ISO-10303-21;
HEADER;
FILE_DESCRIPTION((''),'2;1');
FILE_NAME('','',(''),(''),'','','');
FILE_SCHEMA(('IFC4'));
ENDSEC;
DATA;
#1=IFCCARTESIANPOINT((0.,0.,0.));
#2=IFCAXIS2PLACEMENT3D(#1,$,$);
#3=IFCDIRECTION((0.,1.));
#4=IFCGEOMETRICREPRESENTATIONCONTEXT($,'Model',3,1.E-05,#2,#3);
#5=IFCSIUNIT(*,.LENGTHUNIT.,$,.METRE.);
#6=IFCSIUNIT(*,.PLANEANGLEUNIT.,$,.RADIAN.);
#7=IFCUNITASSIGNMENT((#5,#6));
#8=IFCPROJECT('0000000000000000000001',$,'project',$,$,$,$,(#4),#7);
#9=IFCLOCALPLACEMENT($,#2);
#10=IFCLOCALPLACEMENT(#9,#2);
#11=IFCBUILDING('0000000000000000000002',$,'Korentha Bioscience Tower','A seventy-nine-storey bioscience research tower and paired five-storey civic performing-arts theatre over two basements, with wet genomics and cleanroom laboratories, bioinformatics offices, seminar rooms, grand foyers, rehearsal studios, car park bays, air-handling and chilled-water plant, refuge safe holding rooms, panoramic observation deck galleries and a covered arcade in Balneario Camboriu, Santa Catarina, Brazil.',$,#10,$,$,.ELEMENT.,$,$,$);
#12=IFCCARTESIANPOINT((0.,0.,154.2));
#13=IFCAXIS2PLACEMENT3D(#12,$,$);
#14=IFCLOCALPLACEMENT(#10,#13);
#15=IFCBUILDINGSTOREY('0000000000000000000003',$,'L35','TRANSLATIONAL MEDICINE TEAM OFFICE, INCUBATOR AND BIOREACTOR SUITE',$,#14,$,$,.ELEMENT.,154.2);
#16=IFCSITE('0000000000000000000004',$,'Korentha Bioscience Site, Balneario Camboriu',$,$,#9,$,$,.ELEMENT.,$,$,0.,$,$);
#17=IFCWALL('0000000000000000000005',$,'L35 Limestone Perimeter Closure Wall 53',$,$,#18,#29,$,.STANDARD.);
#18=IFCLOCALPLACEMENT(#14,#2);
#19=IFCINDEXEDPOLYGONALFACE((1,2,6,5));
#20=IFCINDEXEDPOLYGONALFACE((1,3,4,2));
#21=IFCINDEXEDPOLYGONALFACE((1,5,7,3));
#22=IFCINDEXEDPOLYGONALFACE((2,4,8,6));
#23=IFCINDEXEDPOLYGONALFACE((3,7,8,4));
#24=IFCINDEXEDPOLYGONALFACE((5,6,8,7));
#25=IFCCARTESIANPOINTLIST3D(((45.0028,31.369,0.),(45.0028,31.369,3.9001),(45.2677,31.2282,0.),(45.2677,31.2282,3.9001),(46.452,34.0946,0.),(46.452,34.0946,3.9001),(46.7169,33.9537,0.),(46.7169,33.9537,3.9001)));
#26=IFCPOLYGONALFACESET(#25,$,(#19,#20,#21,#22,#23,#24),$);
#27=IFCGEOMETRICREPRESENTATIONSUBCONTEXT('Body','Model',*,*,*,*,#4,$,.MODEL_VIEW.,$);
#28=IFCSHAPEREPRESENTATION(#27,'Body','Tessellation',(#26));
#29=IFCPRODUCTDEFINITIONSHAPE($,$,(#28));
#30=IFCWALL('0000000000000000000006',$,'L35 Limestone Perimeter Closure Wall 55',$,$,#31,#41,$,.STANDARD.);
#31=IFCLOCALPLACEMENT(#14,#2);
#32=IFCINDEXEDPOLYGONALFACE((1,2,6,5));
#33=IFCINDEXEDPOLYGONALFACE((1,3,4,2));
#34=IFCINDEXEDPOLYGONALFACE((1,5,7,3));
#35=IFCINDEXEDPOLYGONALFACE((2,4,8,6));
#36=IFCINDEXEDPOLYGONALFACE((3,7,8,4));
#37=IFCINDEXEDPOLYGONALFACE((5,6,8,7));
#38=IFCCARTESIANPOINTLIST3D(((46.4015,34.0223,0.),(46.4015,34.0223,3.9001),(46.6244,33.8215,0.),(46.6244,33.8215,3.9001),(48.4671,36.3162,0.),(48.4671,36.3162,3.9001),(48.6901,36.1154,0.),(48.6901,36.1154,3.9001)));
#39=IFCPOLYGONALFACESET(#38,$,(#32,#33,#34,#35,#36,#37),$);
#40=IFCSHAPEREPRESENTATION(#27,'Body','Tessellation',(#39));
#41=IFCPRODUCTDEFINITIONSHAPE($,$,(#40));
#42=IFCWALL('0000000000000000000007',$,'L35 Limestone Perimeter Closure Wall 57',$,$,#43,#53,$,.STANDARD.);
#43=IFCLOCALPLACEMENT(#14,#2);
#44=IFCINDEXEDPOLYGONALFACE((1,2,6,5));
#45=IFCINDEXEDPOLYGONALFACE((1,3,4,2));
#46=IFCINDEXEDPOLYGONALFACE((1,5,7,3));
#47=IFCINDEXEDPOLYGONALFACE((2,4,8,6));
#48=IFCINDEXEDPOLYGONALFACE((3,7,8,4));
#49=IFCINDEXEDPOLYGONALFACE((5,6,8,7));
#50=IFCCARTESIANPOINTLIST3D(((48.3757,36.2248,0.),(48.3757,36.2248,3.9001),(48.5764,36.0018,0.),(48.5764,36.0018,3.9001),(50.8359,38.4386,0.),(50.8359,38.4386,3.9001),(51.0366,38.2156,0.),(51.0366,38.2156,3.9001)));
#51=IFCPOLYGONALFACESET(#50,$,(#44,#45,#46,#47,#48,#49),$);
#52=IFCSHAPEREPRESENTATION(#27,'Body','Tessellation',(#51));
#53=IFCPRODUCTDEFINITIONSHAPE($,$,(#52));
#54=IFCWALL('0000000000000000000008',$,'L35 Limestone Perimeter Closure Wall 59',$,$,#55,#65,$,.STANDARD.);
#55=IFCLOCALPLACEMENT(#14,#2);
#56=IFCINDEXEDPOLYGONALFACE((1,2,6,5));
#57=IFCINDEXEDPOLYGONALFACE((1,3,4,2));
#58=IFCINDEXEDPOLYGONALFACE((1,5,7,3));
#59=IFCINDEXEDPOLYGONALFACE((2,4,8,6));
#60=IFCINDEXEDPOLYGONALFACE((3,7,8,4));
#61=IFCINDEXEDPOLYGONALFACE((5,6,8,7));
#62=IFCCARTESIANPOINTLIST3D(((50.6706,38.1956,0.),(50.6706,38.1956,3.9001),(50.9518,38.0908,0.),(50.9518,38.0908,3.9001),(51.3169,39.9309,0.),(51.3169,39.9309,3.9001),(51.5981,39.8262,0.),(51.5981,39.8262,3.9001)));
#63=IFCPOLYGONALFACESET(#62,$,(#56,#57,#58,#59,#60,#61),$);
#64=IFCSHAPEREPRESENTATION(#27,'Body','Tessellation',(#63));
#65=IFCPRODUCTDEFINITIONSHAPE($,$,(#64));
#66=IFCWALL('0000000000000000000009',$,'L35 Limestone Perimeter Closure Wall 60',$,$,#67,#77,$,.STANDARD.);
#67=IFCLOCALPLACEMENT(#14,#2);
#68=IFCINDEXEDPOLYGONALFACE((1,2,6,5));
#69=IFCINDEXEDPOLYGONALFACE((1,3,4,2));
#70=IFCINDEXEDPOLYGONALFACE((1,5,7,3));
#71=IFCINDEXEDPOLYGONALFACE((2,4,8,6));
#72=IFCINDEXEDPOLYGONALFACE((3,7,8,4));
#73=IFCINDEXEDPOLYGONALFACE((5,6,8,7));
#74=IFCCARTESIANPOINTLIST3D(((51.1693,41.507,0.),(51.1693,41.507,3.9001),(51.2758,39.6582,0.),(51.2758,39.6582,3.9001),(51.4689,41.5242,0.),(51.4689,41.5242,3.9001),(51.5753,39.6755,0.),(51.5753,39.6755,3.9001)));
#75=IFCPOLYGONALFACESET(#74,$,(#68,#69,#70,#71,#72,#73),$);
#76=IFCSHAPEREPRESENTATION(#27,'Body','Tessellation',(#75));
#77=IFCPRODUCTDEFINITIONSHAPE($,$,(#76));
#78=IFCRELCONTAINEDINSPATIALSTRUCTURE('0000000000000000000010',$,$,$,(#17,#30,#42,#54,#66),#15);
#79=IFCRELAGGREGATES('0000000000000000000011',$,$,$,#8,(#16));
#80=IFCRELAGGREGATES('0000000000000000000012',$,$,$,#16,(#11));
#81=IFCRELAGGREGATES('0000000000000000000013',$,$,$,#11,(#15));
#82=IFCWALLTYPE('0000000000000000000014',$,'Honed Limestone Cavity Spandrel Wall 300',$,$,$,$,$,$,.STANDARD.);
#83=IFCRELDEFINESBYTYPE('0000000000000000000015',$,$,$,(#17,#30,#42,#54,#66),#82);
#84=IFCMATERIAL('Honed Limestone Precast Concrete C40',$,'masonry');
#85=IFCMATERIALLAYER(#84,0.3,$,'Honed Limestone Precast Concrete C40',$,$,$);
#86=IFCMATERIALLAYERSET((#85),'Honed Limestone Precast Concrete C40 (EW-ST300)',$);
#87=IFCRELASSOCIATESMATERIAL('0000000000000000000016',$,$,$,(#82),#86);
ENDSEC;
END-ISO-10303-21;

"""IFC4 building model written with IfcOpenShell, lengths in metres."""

from ifc_helpers import new_model, si_unit, direction, frame, frame_2d, origin, place, context, subcontext, project, spatial, rectangle, extrude, material, layer, layer_set, type_object, element, save


model = new_model("IFC4")

# Units and contexts
model_context = context("Model", 3, precision=1e-05, world=origin(), true_north=direction((0.0, 1.0)))
body_context = subcontext(model_context, "Body", "Model", "MODEL_VIEW")
ifc_project = project(units=[si_unit("LENGTHUNIT", "METRE"), si_unit("PLANEANGLEUNIT", "RADIAN")], contexts=[model_context])

# Site, building, storey
site_placement = place(None, origin())
site = spatial("IfcSite", under=ifc_project, at=site_placement, Name="Korentha Bioscience Site, Balneario Camboriu", CompositionType="ELEMENT", RefElevation=0.0)
building_placement = place(site_placement, origin())
building = spatial("IfcBuilding", under=site, at=building_placement, Name="Korentha Bioscience Tower", Description="A seventy-nine-storey bioscience research tower and paired five-storey civic performing-arts theatre over two basements, with wet genomics and cleanroom laboratories, bioinformatics offices, seminar rooms, grand foyers, rehearsal studios, car park bays, air-handling and chilled-water plant, refuge safe holding rooms, panoramic observation deck galleries and a covered arcade in Balneario Camboriu, Santa Catarina, Brazil.", CompositionType="ELEMENT")
storey_placement = place(building_placement, frame((0.0, 0.0, 154.2)))
storey = spatial("IfcBuildingStorey", under=building, at=storey_placement, Name="L35", Description="TRANSLATIONAL MEDICINE TEAM OFFICE, INCUBATOR AND BIOREACTOR SUITE", CompositionType="ELEMENT", Elevation=154.2)

# Walls
ifc_material_1 = material(Name="Honed Limestone Precast Concrete C40", Category="masonry")
ifc_layer_1 = layer(ifc_material_1, 0.3, Name="Honed Limestone Precast Concrete C40")
ifc_layer_set_1 = layer_set([ifc_layer_1], Name="Honed Limestone Precast Concrete C40 (EW-ST300)")
wall_type = type_object("IfcWallType", Name="Honed Limestone Cavity Spandrel Wall 300", PredefinedType="STANDARD", material=ifc_layer_set_1)
for number, where, z_axis, x_axis, name in (
    (1, (45.1353, 31.2986, 0.0), (0.0, 0.0, 1.0), (0.469471, 0.882948, 0.0), "L35 Limestone Perimeter Closure Wall 53"),
    (2, (46.5129, 33.9219, 0.0), (0.0, 0.0, 1.0), (0.669166, 0.743113, 0.0), "L35 Limestone Perimeter Closure Wall 55"),
):
    element("IfcWall", number, at=place(storey_placement, frame(where, z_axis=z_axis, x_axis=x_axis)), inside=storey, type_object=wall_type, Name=name, PredefinedType="STANDARD", context=body_context, shape_type="SweptSolid", body=[
        extrude(rectangle(XDim=3.0869, YDim=0.3, at=frame_2d((1.5435, 0.0))), origin(), (0.0, 0.0, 1.0), 3.9001),
    ])
wall_placement = place(storey_placement, frame((48.4761, 36.1133, 0.0), z_axis=(0.0, 0.0, 1.0), x_axis=(0.743342, 0.668912, 0.0)))
element("IfcWall", 3, at=wall_placement, inside=storey, type_object=wall_type, Name="L35 Limestone Perimeter Closure Wall 57", PredefinedType="STANDARD", context=body_context, shape_type="SweptSolid", body=[
    extrude(rectangle(XDim=3.3096, YDim=0.3, at=frame_2d((1.6548, 0.0))), origin(), (0.0, 0.0, 1.0), 3.9001),
])
for number, where, z_axis, x_axis, name in (
    (4, (50.8113, 38.1433, 0.0), (0.0, 0.0, 1.0), (0.348984, 0.937129, 0.0), "L35 Limestone Perimeter Closure Wall 59"),
    (5, (51.4255, 39.667, 0.0), (0.0, 0.0, 1.0), (-0.057485, 0.998346, 0.0), "L35 Limestone Perimeter Closure Wall 60"),
):
    element("IfcWall", number, at=place(storey_placement, frame(where, z_axis=z_axis, x_axis=x_axis)), inside=storey, type_object=wall_type, Name=name, PredefinedType="STANDARD", context=body_context, shape_type="SweptSolid", body=[
        extrude(rectangle(XDim=1.8518, YDim=0.3, at=frame_2d((0.9258, 0.0))), origin(), (0.0, 0.0, 1.0), 3.9001),
    ])

save(model, "model.ifc")
